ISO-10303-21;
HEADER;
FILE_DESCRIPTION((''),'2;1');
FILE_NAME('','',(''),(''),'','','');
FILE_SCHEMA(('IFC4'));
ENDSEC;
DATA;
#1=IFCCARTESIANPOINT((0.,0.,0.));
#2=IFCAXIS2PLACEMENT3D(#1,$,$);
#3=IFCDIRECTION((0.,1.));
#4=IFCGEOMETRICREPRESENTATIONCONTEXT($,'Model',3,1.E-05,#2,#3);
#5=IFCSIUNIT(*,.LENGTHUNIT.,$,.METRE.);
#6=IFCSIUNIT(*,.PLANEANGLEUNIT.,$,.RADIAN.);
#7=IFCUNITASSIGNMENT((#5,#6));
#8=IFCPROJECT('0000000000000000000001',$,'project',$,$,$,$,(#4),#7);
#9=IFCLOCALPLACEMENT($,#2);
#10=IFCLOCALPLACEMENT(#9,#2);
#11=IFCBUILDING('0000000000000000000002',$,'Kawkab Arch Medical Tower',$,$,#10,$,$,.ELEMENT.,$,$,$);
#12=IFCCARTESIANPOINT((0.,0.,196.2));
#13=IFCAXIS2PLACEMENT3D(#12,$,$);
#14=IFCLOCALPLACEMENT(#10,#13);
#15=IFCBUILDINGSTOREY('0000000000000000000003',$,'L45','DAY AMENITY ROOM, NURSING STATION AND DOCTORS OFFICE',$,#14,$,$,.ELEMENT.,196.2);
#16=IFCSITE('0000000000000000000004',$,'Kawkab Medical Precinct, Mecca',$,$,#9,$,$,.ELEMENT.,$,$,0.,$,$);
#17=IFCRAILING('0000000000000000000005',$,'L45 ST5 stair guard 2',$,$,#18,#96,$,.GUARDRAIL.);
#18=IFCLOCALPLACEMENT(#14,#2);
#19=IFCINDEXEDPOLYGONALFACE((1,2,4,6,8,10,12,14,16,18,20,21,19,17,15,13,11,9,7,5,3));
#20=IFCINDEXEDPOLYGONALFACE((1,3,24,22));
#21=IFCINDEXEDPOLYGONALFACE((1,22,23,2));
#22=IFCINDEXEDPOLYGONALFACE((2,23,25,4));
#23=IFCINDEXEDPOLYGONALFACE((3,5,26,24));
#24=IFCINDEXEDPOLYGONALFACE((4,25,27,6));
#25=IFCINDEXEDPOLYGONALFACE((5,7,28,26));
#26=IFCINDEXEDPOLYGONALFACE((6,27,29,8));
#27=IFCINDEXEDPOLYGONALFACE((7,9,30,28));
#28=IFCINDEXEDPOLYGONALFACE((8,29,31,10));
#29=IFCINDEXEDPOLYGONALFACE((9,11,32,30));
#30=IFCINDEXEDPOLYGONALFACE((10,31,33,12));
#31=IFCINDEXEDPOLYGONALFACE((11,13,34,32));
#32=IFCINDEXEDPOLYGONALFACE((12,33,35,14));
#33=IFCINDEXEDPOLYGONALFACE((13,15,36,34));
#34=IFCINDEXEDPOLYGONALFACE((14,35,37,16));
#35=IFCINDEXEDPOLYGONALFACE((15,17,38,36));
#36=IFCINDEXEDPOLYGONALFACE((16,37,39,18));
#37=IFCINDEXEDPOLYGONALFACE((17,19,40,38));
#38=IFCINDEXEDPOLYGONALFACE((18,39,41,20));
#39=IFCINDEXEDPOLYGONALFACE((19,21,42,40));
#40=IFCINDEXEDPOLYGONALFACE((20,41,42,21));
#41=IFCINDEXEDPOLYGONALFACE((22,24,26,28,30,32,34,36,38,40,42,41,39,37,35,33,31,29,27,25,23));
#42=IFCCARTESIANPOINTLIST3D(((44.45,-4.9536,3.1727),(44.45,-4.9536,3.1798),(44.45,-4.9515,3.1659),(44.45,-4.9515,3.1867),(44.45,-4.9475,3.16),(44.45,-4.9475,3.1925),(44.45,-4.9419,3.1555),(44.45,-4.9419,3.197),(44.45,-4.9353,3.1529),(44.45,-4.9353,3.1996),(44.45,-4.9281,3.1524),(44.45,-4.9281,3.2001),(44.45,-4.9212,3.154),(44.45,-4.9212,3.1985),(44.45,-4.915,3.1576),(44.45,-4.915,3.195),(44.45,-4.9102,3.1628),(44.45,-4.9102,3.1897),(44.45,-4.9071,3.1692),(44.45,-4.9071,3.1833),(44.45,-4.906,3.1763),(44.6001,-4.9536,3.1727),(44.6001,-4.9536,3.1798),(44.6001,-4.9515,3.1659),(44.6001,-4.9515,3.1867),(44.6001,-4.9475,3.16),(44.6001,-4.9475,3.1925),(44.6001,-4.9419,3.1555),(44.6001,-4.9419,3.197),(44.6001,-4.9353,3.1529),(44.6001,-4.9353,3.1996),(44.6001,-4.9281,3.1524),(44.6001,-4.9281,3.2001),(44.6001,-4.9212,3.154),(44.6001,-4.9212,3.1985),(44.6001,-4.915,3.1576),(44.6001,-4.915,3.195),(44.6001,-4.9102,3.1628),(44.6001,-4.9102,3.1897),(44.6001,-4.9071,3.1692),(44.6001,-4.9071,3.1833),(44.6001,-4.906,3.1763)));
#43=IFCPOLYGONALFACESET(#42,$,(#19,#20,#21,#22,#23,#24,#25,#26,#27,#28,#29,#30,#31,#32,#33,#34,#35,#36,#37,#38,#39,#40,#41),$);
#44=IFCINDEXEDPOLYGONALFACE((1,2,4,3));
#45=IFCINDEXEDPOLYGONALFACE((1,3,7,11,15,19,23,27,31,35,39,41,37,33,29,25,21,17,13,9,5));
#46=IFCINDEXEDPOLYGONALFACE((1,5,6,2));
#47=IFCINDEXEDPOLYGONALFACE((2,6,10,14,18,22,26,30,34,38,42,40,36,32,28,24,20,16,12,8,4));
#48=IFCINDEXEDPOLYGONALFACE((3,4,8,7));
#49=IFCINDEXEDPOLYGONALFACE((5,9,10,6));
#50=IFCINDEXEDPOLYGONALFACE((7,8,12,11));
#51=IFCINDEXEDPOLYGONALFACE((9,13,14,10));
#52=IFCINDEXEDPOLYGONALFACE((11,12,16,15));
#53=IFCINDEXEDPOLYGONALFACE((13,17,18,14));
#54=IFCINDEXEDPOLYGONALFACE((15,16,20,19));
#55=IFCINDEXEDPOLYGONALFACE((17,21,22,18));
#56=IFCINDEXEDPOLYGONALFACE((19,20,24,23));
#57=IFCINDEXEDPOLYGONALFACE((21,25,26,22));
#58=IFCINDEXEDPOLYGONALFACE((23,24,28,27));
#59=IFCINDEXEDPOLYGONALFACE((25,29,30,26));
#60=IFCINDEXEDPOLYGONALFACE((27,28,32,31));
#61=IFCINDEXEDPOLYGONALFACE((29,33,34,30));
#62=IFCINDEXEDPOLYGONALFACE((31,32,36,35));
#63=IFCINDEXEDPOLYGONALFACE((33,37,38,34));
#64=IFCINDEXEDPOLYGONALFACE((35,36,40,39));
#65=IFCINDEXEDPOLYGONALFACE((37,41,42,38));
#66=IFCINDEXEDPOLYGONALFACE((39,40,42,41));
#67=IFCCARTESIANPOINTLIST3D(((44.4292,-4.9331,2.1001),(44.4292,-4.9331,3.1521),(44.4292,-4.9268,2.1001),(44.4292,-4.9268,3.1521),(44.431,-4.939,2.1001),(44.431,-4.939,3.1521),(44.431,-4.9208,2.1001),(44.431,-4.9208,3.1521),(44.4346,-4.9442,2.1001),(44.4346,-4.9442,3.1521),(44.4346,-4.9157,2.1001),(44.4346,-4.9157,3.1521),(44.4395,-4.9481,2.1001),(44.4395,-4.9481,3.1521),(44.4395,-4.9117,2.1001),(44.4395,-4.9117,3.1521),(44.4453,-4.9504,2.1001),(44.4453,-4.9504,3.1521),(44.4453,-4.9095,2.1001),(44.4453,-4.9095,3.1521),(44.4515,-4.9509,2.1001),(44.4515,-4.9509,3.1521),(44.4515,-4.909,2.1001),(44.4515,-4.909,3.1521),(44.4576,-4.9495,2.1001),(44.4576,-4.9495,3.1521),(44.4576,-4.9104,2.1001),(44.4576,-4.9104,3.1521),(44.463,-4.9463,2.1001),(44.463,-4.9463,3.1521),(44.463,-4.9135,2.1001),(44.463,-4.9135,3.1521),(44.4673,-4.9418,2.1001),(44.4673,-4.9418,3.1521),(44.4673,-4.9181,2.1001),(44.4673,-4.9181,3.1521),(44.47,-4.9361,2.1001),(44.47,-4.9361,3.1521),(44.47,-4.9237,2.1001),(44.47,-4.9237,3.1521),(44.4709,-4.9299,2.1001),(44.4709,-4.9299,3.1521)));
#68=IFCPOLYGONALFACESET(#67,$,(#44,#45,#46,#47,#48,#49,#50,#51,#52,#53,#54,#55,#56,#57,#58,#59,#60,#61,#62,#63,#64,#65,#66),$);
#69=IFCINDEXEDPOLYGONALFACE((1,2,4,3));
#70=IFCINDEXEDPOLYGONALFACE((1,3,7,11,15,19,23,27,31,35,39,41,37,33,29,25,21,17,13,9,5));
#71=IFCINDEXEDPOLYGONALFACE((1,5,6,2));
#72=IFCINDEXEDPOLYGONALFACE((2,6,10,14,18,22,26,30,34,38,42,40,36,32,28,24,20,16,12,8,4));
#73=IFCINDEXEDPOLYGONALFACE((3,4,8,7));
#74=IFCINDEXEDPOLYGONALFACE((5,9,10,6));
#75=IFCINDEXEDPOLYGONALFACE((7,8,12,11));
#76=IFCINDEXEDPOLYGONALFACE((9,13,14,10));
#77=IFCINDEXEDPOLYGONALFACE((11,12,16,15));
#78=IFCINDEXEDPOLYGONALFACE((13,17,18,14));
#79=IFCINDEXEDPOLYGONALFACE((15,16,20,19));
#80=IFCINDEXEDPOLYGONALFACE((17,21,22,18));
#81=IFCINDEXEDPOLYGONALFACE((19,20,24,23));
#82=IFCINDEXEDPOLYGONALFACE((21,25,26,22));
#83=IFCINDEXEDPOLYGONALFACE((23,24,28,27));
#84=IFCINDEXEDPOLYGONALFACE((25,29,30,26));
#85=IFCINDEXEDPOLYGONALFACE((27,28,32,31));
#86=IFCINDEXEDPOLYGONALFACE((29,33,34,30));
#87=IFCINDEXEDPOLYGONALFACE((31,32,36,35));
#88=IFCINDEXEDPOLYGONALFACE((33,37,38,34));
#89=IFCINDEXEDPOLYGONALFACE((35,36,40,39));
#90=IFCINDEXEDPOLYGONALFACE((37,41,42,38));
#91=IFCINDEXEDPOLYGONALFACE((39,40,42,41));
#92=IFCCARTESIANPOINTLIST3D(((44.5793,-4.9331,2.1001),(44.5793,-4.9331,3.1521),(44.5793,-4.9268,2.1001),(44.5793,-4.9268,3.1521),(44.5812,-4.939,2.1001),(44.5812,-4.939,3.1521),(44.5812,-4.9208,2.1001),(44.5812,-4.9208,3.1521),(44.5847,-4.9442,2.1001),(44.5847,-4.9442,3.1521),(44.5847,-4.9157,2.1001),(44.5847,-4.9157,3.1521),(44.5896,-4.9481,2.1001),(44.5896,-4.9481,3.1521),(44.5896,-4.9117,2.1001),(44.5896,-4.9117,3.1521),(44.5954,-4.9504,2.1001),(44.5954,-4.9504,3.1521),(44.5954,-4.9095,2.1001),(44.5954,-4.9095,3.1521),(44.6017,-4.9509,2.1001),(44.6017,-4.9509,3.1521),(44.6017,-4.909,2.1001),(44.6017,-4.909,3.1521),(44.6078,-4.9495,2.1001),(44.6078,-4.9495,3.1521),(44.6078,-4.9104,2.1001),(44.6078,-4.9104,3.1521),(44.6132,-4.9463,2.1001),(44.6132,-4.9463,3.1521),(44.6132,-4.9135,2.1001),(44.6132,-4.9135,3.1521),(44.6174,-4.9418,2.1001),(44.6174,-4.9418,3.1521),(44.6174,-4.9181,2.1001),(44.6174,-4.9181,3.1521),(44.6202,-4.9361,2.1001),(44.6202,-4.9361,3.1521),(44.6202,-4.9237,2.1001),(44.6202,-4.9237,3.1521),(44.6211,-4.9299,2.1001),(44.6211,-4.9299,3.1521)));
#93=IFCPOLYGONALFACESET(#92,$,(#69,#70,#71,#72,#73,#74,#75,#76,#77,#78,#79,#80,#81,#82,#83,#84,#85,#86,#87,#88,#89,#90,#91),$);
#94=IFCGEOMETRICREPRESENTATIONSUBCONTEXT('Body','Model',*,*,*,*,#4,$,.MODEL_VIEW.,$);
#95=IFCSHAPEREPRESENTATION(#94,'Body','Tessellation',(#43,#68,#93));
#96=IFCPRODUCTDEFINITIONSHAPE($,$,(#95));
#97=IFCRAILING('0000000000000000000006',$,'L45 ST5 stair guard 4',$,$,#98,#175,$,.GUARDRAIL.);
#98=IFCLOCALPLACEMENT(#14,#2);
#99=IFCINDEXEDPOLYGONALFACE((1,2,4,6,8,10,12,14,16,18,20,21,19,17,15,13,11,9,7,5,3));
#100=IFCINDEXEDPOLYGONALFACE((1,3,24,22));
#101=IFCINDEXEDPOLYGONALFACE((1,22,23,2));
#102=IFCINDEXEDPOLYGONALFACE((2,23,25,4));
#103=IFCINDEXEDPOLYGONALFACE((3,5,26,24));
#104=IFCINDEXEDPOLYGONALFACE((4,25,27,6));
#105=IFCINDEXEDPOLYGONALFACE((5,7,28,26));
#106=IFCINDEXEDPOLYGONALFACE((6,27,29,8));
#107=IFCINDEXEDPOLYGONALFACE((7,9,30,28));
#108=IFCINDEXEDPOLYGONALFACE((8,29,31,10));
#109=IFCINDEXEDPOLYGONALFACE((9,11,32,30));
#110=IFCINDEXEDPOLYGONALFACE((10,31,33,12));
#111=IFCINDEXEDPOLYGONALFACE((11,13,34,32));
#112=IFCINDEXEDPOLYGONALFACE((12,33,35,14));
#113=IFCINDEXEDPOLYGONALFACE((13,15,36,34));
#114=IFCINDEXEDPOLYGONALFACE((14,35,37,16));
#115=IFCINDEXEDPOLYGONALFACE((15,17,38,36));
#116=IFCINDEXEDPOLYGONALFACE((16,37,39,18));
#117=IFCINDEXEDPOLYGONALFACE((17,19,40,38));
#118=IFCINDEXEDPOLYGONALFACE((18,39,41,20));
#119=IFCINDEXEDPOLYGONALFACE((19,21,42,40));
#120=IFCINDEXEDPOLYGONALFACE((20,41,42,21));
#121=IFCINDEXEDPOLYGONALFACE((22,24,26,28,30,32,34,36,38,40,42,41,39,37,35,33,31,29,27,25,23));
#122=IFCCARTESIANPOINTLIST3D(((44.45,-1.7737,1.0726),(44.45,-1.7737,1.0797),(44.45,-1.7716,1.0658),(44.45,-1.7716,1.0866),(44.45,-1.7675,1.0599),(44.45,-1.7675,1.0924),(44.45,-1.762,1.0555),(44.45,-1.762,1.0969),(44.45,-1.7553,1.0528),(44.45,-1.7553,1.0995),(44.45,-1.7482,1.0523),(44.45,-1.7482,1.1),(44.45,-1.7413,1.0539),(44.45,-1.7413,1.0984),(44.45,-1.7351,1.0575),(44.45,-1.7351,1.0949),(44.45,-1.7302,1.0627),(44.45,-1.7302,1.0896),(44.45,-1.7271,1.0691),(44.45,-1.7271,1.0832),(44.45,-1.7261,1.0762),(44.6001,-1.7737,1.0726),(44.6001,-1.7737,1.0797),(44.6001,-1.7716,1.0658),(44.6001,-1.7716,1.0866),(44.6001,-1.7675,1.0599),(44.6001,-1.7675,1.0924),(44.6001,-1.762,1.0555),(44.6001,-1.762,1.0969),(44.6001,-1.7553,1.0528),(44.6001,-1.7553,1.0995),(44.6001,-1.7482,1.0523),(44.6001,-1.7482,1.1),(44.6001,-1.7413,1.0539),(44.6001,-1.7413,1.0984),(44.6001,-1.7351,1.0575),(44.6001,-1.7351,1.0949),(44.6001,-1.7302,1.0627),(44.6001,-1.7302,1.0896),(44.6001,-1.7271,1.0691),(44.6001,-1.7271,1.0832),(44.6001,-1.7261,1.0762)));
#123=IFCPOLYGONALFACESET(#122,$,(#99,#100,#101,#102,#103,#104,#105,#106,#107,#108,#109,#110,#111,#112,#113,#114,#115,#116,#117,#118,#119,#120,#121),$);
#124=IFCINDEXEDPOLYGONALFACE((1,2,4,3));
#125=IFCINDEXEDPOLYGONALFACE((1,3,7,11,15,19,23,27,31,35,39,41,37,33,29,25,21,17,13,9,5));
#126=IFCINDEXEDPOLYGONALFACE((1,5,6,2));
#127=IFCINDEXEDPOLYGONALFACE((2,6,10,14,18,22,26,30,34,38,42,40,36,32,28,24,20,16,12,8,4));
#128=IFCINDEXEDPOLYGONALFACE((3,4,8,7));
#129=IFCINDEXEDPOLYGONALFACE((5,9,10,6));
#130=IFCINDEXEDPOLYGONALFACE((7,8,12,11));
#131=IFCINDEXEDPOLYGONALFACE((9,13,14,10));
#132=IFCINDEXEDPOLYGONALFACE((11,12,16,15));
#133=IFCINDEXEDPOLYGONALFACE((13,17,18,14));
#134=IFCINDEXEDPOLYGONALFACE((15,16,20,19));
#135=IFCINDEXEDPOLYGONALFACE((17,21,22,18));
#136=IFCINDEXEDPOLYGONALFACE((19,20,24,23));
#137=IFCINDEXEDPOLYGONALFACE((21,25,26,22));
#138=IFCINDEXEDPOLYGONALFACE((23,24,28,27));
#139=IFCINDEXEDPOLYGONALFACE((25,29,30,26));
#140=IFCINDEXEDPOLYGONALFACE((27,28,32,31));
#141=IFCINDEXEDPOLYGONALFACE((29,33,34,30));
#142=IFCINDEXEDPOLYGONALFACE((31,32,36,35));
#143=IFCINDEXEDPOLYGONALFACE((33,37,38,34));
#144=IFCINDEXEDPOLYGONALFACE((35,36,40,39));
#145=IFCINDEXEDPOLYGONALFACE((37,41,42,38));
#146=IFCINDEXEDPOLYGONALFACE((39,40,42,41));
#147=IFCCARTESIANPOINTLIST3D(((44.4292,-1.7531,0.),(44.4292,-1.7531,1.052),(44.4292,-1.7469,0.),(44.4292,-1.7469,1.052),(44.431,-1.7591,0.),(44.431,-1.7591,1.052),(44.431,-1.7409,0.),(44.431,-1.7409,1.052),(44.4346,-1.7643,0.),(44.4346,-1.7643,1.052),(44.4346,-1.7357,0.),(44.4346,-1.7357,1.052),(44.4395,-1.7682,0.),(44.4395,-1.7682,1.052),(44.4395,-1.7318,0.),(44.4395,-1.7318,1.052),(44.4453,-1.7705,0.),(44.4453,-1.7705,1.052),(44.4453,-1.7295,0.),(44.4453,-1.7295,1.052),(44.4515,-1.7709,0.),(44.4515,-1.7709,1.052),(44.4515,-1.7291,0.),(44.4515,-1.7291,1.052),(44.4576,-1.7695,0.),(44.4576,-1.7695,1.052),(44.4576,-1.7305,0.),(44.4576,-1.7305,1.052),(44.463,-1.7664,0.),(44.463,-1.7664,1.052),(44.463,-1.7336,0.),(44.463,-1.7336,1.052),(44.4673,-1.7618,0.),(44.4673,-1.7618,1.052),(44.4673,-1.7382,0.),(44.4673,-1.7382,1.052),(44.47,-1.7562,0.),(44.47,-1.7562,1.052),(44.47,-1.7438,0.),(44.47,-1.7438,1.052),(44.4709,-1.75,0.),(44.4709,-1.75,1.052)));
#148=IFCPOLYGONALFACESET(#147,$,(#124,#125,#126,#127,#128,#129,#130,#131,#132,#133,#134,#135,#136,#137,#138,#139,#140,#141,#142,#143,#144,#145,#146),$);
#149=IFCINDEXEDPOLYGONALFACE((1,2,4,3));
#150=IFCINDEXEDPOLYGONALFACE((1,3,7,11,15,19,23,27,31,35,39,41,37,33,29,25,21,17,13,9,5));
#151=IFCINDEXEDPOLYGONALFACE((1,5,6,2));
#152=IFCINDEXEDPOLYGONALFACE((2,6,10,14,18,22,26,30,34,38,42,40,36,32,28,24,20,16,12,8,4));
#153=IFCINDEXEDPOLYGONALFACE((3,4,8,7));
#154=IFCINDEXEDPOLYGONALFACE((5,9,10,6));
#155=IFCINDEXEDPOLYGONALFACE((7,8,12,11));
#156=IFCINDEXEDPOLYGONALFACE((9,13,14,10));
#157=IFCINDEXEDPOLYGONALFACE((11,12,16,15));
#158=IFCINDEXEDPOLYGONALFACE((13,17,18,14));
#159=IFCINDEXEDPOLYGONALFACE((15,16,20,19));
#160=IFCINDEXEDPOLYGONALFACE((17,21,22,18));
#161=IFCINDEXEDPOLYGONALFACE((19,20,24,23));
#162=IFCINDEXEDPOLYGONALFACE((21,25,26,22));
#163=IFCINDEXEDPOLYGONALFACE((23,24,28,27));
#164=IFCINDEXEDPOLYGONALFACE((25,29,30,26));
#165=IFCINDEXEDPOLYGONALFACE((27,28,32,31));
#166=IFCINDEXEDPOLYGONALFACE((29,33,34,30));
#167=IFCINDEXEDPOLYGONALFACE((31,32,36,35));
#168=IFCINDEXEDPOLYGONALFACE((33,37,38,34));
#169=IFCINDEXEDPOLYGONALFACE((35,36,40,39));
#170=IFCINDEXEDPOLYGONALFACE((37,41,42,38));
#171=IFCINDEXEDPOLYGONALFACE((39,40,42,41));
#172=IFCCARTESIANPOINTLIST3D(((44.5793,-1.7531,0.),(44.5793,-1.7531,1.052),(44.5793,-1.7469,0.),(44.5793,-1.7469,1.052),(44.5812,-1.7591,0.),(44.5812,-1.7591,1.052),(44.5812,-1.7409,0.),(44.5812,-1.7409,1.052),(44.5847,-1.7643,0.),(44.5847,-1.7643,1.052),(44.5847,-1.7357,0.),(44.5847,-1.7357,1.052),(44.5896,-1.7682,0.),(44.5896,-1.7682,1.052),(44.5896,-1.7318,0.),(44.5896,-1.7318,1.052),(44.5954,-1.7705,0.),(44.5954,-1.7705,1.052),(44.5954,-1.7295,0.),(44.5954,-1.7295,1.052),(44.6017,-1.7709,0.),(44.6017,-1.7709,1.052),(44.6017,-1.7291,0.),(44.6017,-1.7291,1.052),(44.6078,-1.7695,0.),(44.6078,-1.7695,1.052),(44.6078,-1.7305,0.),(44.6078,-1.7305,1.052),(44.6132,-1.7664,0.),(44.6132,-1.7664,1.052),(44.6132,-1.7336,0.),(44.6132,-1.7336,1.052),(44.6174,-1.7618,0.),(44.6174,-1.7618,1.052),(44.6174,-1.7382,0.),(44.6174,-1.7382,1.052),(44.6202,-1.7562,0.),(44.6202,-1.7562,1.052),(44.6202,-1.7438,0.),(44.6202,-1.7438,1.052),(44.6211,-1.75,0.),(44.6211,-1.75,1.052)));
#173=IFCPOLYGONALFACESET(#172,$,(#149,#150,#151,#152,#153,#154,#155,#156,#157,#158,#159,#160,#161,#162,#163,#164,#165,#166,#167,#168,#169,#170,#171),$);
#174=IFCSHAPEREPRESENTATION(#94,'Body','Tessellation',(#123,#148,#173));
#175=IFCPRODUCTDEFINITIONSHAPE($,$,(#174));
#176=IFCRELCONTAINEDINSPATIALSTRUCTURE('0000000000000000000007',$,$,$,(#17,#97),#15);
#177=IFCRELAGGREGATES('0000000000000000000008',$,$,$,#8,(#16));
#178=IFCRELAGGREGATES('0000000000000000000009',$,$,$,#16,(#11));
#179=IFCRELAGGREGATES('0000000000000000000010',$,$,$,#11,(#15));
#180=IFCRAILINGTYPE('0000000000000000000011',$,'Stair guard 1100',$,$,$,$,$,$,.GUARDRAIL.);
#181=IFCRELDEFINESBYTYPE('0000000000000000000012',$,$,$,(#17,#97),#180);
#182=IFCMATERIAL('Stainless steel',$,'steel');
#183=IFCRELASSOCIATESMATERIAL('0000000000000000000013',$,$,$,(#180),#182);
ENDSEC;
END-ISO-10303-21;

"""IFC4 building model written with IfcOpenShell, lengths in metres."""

from ifc_helpers import new_model, si_unit, direction, frame, origin, origin_2d, place, context, subcontext, project, spatial, circle, extrude, material, type_object, element, save


model = new_model("IFC4")

# Units and contexts
model_context = context("Model", 3, precision=1e-05, world=origin(), true_north=direction((0.0, 1.0)))
body_context = subcontext(model_context, "Body", "Model", "MODEL_VIEW")
ifc_project = project(units=[si_unit("LENGTHUNIT", "METRE"), si_unit("PLANEANGLEUNIT", "RADIAN")], contexts=[model_context])

# Site, building, storey
site_placement = place(None, origin())
site = spatial("IfcSite", under=ifc_project, at=site_placement, Name="Kawkab Medical Precinct, Mecca", CompositionType="ELEMENT", RefElevation=0.0)
building_placement = place(site_placement, origin())
building = spatial("IfcBuilding", under=site, at=building_placement, Name="Kawkab Arch Medical Tower", CompositionType="ELEMENT")
storey_placement = place(building_placement, frame((0.0, 0.0, 196.2)))
storey = spatial("IfcBuildingStorey", under=building, at=storey_placement, Name="L45", Description="DAY AMENITY ROOM, NURSING STATION AND DOCTORS OFFICE", CompositionType="ELEMENT", Elevation=196.2)

# Railings
ifc_material_1 = material(Name="Stainless steel", Category="steel")
railing_type = type_object("IfcRailingType", Name="Stair guard 1100", PredefinedType="GUARDRAIL", material=ifc_material_1)
for number, where, name in (
    (1, (44.45, -4.9299, 2.1001), "L45 ST5 stair guard 2"),
    (2, (44.45, -1.75, 0.0), "L45 ST5 stair guard 4"),
):
    element("IfcRailing", number, at=place(storey_placement, frame(where)), inside=storey, type_object=railing_type, Name=name, PredefinedType="GUARDRAIL", context=body_context, shape_type="SweptSolid", body=[
        extrude(circle(Radius=0.0239, at=origin_2d()), frame((0.0, 0.0, 1.0762), z_axis=(1.0, 0.0, 0.0), x_axis=(0.0, 1.0, 0.0)), (0.0, 0.0, 1.0), 0.1501),
        extrude(circle(Radius=0.021, at=origin_2d()), origin(), (0.0, 0.0, 1.0), 1.052),
        extrude(circle(Radius=0.021, at=origin_2d()), frame((0.1501, 0.0, 0.0)), (0.0, 0.0, 1.0), 1.052),
    ])

save(model, "model.ifc")
